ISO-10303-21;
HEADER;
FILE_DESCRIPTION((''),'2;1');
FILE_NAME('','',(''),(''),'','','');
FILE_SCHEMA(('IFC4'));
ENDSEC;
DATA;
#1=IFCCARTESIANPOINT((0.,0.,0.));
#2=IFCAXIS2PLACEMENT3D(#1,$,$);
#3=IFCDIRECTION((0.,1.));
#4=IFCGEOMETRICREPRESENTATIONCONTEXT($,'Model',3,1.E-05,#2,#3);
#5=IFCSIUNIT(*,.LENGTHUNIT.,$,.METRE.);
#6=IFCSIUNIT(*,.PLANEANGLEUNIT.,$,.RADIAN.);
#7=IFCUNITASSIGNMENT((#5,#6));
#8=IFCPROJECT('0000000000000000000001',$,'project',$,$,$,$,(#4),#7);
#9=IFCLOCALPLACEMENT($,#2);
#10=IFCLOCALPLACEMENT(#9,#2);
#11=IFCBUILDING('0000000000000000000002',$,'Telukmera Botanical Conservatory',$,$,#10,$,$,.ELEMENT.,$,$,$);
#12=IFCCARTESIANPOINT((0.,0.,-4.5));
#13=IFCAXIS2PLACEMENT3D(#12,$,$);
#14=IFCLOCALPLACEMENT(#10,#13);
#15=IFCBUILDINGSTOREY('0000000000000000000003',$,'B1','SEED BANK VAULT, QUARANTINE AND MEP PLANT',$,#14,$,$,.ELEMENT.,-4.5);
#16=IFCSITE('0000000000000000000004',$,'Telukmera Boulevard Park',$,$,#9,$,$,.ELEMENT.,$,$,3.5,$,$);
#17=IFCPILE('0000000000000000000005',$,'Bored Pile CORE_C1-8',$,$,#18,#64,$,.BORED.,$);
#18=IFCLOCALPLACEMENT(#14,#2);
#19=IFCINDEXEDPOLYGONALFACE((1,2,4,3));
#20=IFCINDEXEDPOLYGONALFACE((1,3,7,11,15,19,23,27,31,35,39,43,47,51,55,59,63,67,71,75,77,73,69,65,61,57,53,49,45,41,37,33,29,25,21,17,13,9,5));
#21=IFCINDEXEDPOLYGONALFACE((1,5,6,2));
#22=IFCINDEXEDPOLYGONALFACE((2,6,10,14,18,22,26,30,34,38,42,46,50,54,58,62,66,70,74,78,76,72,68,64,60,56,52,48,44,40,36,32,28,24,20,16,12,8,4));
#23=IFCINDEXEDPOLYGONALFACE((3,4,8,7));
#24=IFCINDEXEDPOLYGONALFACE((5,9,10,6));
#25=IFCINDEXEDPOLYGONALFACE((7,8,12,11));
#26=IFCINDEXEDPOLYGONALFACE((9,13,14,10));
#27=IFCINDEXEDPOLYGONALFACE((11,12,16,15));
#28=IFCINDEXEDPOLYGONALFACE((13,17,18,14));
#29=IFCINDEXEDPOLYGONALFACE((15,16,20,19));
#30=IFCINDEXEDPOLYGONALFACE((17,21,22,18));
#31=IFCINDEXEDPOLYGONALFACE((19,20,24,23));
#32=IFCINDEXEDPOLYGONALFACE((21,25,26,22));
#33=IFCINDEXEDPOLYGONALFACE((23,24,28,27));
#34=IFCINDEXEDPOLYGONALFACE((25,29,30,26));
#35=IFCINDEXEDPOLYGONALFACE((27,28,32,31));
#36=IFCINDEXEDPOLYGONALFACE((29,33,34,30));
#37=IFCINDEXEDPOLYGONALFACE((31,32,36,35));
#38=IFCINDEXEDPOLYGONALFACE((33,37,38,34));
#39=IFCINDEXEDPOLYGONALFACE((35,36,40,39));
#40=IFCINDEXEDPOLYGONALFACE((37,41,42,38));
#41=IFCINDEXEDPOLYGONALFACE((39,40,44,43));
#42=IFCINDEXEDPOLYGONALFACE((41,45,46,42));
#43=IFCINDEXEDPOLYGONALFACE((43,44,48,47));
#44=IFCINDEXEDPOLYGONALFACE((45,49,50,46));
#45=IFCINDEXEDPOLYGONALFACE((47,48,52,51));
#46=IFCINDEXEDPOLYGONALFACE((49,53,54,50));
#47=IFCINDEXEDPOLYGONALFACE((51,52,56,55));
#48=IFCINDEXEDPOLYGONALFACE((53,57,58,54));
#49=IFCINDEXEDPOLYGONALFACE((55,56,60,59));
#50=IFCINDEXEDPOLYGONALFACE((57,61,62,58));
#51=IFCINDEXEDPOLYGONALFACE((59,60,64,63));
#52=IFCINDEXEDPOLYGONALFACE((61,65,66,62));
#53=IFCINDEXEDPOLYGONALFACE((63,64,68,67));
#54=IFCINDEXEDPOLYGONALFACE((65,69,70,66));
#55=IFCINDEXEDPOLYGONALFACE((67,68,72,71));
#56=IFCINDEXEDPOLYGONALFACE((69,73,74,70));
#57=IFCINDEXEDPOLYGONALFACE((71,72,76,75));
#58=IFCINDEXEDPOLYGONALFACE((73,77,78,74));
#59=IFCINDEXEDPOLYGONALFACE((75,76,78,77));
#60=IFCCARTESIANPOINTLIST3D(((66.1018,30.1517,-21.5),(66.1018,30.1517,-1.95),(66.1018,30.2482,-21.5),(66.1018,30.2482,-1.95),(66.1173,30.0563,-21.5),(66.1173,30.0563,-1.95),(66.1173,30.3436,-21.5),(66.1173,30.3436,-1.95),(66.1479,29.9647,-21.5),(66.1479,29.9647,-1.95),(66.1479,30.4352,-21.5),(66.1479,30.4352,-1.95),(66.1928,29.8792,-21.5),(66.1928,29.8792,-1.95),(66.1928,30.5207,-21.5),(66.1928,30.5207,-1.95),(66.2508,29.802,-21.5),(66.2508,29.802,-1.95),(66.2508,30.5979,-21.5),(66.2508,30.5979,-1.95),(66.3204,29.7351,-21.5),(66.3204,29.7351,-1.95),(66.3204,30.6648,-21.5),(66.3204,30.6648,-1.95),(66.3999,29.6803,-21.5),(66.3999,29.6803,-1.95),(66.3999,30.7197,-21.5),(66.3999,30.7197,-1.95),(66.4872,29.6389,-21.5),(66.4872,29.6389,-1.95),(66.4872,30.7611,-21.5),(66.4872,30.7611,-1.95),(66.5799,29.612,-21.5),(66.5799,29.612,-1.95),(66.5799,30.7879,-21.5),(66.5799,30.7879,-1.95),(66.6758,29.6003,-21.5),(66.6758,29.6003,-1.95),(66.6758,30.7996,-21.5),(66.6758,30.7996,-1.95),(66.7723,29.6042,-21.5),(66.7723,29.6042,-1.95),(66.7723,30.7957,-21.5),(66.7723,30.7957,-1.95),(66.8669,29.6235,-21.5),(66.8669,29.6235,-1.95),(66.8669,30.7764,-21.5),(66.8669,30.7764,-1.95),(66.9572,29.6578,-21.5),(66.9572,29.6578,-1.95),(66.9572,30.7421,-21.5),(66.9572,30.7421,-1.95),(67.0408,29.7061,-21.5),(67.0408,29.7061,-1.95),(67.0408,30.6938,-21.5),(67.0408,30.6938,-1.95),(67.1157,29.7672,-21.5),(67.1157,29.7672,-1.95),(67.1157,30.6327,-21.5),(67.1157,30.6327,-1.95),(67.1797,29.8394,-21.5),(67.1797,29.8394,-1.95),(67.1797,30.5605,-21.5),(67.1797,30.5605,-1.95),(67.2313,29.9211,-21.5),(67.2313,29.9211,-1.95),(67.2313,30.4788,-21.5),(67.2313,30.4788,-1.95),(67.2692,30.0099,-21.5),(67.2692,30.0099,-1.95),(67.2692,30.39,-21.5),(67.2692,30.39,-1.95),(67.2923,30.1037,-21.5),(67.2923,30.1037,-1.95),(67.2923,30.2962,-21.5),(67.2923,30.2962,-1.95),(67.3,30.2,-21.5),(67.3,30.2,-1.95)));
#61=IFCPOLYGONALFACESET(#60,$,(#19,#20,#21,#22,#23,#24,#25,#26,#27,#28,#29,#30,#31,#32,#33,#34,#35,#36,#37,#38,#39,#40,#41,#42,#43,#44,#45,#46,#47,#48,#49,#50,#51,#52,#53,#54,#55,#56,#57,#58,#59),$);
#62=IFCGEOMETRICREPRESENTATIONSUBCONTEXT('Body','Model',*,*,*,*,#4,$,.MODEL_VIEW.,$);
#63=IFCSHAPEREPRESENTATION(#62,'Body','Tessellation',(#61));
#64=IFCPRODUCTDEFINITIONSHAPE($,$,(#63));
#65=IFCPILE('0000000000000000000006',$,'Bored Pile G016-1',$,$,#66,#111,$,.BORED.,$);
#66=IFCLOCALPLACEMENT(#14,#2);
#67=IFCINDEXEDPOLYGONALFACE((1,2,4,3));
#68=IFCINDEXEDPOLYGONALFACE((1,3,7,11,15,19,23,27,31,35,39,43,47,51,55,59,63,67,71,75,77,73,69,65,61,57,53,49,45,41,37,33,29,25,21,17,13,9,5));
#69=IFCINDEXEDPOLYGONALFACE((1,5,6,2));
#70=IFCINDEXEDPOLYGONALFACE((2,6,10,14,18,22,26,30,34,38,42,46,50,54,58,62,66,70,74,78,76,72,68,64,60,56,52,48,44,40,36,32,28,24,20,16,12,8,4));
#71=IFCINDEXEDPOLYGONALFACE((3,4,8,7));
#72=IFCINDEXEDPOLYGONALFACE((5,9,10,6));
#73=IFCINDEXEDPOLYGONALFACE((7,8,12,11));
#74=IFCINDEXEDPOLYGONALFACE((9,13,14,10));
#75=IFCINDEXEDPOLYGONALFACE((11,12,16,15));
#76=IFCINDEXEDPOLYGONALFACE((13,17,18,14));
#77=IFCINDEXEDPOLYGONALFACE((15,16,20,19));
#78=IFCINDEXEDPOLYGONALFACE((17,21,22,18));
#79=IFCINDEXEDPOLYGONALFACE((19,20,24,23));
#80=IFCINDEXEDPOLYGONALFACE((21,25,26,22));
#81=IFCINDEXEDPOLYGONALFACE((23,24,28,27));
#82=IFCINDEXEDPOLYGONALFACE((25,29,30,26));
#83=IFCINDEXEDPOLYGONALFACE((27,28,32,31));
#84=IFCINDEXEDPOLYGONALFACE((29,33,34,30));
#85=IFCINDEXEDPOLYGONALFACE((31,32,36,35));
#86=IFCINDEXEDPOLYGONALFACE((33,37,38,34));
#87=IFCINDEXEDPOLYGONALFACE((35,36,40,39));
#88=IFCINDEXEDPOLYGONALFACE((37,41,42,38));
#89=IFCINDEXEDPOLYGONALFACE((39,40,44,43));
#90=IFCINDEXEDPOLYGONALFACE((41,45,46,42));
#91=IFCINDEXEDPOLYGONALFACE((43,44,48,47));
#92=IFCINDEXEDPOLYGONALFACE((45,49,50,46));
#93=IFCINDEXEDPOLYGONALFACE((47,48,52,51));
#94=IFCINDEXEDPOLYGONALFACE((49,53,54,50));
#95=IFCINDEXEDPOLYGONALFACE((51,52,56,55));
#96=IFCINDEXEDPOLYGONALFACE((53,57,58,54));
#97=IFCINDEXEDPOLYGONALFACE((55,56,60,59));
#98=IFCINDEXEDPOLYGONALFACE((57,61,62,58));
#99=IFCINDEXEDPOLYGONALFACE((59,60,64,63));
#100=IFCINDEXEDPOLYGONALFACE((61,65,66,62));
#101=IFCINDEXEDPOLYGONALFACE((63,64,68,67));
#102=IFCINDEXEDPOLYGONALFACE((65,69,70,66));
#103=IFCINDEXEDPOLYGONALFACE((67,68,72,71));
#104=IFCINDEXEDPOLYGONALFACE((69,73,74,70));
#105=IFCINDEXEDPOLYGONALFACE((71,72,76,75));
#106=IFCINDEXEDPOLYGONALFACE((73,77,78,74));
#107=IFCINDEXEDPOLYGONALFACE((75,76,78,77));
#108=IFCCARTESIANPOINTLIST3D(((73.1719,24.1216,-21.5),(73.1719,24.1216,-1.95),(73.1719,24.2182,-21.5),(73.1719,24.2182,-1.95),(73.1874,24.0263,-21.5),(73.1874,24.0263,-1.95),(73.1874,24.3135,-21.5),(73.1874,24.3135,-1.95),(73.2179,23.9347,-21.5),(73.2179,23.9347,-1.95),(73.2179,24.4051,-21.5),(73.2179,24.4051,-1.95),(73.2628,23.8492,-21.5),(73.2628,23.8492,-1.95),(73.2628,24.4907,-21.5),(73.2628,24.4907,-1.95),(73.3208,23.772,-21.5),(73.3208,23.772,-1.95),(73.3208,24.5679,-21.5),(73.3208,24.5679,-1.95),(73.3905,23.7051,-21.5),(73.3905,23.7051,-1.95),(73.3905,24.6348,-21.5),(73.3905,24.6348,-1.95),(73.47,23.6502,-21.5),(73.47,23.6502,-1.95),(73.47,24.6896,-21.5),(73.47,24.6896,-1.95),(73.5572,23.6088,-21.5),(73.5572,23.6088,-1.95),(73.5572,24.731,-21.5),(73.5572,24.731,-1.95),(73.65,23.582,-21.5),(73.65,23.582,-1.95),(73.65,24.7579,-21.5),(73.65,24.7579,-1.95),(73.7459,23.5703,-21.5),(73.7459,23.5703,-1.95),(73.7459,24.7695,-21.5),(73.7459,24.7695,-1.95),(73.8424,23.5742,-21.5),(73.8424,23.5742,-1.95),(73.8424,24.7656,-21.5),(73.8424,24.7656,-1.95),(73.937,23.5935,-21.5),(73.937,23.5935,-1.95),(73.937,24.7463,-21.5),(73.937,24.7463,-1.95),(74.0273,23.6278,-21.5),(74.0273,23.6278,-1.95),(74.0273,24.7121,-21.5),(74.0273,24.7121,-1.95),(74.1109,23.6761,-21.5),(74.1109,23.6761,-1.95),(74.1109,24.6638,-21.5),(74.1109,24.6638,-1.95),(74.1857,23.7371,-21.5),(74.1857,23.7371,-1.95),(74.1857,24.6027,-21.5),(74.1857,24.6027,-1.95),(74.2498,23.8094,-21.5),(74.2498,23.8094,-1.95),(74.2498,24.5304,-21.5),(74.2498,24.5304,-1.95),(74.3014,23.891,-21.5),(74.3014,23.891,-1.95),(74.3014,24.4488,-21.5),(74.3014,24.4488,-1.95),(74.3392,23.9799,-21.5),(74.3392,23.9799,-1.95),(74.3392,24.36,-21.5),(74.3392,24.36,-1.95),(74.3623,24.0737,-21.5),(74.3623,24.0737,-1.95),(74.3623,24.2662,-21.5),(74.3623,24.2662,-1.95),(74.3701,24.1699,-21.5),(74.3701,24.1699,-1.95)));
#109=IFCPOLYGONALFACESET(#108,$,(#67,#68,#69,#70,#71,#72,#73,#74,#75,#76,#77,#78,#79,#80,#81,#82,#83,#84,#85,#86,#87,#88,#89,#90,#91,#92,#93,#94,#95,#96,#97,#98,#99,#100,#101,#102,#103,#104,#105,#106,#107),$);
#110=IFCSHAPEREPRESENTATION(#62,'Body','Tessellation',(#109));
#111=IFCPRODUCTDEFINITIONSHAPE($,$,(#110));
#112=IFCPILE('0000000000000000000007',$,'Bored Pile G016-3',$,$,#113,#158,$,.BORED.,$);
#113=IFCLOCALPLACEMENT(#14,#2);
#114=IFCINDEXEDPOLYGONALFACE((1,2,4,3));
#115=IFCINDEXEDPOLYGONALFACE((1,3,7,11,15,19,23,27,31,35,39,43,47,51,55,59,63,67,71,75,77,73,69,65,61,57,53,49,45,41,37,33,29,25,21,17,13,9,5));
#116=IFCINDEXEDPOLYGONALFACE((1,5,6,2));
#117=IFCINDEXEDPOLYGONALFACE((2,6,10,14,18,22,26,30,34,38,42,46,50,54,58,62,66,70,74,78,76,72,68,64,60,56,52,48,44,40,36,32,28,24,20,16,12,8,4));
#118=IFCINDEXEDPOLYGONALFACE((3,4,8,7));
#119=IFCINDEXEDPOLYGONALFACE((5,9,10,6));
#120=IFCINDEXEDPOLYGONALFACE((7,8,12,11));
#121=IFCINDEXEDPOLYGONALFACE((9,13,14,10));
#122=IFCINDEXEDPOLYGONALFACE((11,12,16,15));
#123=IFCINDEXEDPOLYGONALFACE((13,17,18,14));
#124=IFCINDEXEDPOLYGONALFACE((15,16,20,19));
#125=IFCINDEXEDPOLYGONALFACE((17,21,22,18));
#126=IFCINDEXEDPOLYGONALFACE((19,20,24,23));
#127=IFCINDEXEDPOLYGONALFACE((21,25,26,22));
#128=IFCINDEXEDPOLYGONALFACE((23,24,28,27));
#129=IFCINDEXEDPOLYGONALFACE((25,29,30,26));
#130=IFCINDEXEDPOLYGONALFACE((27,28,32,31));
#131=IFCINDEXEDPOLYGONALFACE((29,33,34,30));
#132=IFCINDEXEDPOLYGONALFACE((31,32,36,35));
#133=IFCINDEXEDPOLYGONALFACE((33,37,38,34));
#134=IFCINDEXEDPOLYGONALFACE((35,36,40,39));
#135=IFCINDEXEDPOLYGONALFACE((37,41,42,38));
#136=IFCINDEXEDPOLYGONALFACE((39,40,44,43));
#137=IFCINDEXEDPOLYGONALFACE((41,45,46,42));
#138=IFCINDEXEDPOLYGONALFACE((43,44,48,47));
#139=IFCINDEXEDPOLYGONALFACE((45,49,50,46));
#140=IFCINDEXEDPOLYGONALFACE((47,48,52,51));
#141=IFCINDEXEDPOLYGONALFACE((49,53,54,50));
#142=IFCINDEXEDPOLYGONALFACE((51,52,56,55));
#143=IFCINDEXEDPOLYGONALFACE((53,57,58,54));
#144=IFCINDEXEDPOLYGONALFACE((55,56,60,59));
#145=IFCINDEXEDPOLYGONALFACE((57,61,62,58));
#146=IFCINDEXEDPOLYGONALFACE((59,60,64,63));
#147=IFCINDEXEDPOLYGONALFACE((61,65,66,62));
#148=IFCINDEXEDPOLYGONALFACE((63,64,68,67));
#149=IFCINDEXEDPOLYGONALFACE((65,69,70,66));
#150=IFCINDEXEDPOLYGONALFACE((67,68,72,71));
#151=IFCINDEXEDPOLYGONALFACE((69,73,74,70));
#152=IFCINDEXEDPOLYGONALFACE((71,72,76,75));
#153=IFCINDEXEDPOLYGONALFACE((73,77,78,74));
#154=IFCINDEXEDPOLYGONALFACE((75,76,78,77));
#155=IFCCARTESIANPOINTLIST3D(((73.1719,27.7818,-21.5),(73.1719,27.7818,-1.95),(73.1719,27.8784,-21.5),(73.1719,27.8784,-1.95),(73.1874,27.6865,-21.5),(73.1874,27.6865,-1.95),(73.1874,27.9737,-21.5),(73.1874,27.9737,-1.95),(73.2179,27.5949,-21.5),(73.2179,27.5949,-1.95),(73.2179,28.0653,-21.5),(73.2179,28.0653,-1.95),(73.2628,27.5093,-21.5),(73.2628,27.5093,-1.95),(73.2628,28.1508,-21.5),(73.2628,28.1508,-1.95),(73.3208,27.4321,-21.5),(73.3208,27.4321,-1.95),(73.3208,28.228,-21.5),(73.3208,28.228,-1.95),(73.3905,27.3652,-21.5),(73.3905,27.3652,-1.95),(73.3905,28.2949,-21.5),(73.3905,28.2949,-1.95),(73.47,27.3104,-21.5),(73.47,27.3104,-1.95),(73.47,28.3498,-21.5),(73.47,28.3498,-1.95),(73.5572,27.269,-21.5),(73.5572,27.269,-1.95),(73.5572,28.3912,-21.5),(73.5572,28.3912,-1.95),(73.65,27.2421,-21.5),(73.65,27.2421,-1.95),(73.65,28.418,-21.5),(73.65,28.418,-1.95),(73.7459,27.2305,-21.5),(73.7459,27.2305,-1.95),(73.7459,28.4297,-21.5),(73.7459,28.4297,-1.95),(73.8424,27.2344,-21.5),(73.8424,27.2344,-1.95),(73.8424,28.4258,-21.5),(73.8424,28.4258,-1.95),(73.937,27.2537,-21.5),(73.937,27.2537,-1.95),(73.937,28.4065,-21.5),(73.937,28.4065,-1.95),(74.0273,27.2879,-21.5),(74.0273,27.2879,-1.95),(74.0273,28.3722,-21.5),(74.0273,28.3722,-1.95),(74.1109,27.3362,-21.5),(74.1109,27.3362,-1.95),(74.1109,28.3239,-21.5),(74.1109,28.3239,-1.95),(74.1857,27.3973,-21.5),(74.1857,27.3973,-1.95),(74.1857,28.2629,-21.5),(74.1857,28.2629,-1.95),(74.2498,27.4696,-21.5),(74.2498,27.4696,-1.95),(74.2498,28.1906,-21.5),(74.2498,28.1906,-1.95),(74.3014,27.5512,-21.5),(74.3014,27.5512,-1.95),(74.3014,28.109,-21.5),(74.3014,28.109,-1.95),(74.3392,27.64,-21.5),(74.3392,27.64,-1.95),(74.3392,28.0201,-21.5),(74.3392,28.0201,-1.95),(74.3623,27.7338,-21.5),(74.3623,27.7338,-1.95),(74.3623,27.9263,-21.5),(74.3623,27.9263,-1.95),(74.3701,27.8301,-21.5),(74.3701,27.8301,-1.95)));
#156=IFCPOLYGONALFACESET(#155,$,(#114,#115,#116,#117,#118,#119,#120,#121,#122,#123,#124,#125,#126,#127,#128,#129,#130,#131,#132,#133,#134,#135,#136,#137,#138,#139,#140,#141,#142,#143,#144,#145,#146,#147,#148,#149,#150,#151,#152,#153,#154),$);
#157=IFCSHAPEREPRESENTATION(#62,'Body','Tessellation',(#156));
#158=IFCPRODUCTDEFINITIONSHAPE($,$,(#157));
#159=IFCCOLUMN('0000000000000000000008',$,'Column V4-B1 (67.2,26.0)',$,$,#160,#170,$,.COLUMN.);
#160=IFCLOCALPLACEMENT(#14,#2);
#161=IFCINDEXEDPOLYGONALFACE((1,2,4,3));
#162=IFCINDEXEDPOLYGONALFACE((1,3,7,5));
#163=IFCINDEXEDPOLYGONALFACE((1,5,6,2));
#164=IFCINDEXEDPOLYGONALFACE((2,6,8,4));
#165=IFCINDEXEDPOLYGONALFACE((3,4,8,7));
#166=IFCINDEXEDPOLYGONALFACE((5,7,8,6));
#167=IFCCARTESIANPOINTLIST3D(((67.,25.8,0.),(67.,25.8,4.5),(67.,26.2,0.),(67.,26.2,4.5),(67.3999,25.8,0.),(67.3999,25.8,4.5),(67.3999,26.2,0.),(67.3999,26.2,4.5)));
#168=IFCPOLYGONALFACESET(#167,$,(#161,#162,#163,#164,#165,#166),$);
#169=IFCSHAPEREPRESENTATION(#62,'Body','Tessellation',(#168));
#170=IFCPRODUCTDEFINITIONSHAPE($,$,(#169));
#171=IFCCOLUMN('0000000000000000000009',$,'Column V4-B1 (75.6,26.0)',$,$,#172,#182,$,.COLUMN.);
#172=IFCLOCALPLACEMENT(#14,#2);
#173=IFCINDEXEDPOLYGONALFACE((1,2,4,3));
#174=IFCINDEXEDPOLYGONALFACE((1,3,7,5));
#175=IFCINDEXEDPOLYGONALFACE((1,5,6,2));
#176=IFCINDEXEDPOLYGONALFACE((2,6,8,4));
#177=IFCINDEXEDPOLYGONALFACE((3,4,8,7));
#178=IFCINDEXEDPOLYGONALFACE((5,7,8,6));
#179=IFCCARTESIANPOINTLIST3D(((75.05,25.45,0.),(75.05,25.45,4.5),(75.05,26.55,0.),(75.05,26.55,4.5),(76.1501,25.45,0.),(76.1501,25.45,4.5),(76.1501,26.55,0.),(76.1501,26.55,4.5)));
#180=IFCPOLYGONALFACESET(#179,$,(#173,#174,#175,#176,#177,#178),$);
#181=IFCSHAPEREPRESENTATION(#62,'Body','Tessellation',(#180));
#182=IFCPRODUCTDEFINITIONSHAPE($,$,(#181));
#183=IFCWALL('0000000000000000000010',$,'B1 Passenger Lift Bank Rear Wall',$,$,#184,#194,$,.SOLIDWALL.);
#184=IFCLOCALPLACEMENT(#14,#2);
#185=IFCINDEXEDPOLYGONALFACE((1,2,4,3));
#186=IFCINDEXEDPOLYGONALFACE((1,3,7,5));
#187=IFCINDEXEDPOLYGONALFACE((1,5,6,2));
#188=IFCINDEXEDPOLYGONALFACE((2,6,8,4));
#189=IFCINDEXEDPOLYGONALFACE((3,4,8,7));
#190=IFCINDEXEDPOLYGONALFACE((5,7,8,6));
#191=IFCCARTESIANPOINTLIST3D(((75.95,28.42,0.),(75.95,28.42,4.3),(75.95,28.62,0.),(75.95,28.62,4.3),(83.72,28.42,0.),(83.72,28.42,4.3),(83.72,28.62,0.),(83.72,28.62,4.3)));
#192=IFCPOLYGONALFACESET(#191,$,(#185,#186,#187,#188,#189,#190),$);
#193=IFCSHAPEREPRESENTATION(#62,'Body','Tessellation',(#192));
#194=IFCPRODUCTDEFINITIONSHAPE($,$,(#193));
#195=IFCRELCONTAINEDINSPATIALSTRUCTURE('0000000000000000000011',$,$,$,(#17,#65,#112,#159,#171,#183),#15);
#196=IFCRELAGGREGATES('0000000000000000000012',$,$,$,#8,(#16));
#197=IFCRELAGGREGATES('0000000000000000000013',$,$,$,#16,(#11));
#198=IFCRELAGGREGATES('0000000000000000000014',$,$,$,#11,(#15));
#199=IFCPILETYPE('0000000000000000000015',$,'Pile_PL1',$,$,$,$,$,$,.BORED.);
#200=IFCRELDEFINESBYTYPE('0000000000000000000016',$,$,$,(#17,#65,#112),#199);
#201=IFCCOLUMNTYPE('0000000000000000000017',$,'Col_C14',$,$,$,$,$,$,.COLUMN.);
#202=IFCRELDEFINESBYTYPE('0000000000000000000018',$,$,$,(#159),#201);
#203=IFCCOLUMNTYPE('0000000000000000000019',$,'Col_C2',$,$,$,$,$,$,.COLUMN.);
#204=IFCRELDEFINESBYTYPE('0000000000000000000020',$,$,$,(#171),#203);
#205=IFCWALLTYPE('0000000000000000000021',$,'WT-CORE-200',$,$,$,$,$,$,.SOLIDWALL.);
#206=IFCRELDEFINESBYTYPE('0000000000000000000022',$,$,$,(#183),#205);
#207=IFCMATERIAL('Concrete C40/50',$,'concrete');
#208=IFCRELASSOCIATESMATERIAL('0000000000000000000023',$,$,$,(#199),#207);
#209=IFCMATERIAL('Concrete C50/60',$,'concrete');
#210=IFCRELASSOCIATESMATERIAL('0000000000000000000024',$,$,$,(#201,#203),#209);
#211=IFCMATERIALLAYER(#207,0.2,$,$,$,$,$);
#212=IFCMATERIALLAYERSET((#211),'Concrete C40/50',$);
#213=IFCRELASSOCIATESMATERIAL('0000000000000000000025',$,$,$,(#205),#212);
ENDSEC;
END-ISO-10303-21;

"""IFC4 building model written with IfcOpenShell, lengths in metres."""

from ifc_helpers import new_model, si_unit, direction, frame, frame_2d, origin, origin_2d, place, context, subcontext, project, spatial, rectangle, circle, extrude, material, layer, layer_set, material_profile, profile_set, type_object, element, save


model = new_model("IFC4")

# Units and contexts
model_context = context("Model", 3, precision=1e-05, world=origin(), true_north=direction((0.0, 1.0)))
body_context = subcontext(model_context, "Body", "Model", "MODEL_VIEW")
ifc_project = project(units=[si_unit("LENGTHUNIT", "METRE"), si_unit("PLANEANGLEUNIT", "RADIAN")], contexts=[model_context])

# Site, building, storey
site_placement = place(None, origin())
site = spatial("IfcSite", under=ifc_project, at=site_placement, Name="Telukmera Boulevard Park", CompositionType="ELEMENT", RefElevation=3.5)
building_placement = place(site_placement, origin())
building = spatial("IfcBuilding", under=site, at=building_placement, Name="Telukmera Botanical Conservatory", CompositionType="ELEMENT")
storey_placement = place(building_placement, frame((0.0, 0.0, -4.5)))
storey = spatial("IfcBuildingStorey", under=building, at=storey_placement, Name="B1", Description="SEED BANK VAULT, QUARANTINE AND MEP PLANT", CompositionType="ELEMENT", Elevation=-4.5)

# Shared definitions
ifc_material_1 = material(Name="Concrete C50/60", Category="concrete")
ifc_material_2 = material(Name="Concrete C40/50", Category="concrete")

# Piles
ifc_material_profile_1 = material_profile(ifc_material_2, circle(Radius=0.6001, at=origin_2d()), Name="PILE D1200")
ifc_profile_set_1 = profile_set([ifc_material_profile_1], Name="Concrete C40/50")
pile_type = type_object("IfcPileType", Name="Pile_PL1", PredefinedType="BORED", material=ifc_profile_set_1)
for number, where, z_axis, x_axis, name in (
    (1, (66.7, 30.2, -1.95), (0.0, 0.0, -1.0), (1.0, 0.0, 0.0), "Bored Pile CORE_C1-8"),
    (2, (73.77, 24.1699, -1.95), (0.0, 0.0, -1.0), (1.0, 0.0, 0.0), "Bored Pile G016-1"),
    (3, (73.77, 27.8301, -1.95), (0.0, 0.0, -1.0), (1.0, 0.0, 0.0), "Bored Pile G016-3"),
):
    element("IfcPile", number, at=place(storey_placement, frame(where, z_axis=z_axis, x_axis=x_axis)), inside=storey, type_object=pile_type, Name=name, PredefinedType="BORED", context=body_context, shape_type="SweptSolid", body=[
        extrude(circle(Radius=0.6001, at=origin_2d()), origin(), (0.0, 0.0, 1.0), 19.55),
    ])

# Columns
ifc_material_profile_2 = material_profile(ifc_material_1, rectangle(XDim=0.3999, YDim=0.3999, at=origin_2d()), Name="RC 400x400")
ifc_profile_set_2 = profile_set([ifc_material_profile_2], Name="Concrete C50/60")
column_type_1 = type_object("IfcColumnType", Name="Col_C14", PredefinedType="COLUMN", material=ifc_profile_set_2)
column_1_placement = place(storey_placement, frame((67.2, 26.0, 0.0), z_axis=(0.0, 0.0, 1.0), x_axis=(1.0, 0.0, 0.0)))
element("IfcColumn", 4, at=column_1_placement, inside=storey, type_object=column_type_1, Name="Column V4-B1 (67.2,26.0)", PredefinedType="COLUMN", context=body_context, shape_type="SweptSolid", body=[
    extrude(rectangle(XDim=0.3999, YDim=0.3999, at=origin_2d()), origin(), (0.0, 0.0, 1.0), 4.5),
])
ifc_material_profile_3 = material_profile(ifc_material_1, rectangle(XDim=1.1001, YDim=1.1001, at=origin_2d()), Name="RC 1100x1100")
ifc_profile_set_3 = profile_set([ifc_material_profile_3], Name="Concrete C50/60")
column_type_2 = type_object("IfcColumnType", Name="Col_C2", PredefinedType="COLUMN", material=ifc_profile_set_3)
column_2_placement = place(storey_placement, frame((75.6001, 26.0, 0.0), z_axis=(0.0, 0.0, 1.0), x_axis=(1.0, 0.0, 0.0)))
element("IfcColumn", 5, at=column_2_placement, inside=storey, type_object=column_type_2, Name="Column V4-B1 (75.6,26.0)", PredefinedType="COLUMN", context=body_context, shape_type="SweptSolid", body=[
    extrude(rectangle(XDim=1.1001, YDim=1.1001, at=origin_2d()), origin(), (0.0, 0.0, 1.0), 4.5),
])

# Shared definitions
ifc_layer_1 = layer(ifc_material_2, 0.2)
ifc_layer_set_1 = layer_set([ifc_layer_1], Name="Concrete C40/50")
wall_type_1 = type_object("IfcWallType", Name="WT-CORE-200", PredefinedType="SOLIDWALL", material=ifc_layer_set_1)

# Wall
wall_1_placement = place(storey_placement, frame((75.95, 28.52, 0.0), z_axis=(0.0, 0.0, 1.0), x_axis=(1.0, 0.0, 0.0)))
element("IfcWall", 6, at=wall_1_placement, inside=storey, type_object=wall_type_1, Name="B1 Passenger Lift Bank Rear Wall", PredefinedType="SOLIDWALL", context=body_context, shape_type="SweptSolid", body=[
    extrude(rectangle(XDim=7.77, YDim=0.2, at=frame_2d((3.885, 0.0))), origin(), (0.0, 0.0, 1.0), 4.3),
])

save(model, "model.ifc")
